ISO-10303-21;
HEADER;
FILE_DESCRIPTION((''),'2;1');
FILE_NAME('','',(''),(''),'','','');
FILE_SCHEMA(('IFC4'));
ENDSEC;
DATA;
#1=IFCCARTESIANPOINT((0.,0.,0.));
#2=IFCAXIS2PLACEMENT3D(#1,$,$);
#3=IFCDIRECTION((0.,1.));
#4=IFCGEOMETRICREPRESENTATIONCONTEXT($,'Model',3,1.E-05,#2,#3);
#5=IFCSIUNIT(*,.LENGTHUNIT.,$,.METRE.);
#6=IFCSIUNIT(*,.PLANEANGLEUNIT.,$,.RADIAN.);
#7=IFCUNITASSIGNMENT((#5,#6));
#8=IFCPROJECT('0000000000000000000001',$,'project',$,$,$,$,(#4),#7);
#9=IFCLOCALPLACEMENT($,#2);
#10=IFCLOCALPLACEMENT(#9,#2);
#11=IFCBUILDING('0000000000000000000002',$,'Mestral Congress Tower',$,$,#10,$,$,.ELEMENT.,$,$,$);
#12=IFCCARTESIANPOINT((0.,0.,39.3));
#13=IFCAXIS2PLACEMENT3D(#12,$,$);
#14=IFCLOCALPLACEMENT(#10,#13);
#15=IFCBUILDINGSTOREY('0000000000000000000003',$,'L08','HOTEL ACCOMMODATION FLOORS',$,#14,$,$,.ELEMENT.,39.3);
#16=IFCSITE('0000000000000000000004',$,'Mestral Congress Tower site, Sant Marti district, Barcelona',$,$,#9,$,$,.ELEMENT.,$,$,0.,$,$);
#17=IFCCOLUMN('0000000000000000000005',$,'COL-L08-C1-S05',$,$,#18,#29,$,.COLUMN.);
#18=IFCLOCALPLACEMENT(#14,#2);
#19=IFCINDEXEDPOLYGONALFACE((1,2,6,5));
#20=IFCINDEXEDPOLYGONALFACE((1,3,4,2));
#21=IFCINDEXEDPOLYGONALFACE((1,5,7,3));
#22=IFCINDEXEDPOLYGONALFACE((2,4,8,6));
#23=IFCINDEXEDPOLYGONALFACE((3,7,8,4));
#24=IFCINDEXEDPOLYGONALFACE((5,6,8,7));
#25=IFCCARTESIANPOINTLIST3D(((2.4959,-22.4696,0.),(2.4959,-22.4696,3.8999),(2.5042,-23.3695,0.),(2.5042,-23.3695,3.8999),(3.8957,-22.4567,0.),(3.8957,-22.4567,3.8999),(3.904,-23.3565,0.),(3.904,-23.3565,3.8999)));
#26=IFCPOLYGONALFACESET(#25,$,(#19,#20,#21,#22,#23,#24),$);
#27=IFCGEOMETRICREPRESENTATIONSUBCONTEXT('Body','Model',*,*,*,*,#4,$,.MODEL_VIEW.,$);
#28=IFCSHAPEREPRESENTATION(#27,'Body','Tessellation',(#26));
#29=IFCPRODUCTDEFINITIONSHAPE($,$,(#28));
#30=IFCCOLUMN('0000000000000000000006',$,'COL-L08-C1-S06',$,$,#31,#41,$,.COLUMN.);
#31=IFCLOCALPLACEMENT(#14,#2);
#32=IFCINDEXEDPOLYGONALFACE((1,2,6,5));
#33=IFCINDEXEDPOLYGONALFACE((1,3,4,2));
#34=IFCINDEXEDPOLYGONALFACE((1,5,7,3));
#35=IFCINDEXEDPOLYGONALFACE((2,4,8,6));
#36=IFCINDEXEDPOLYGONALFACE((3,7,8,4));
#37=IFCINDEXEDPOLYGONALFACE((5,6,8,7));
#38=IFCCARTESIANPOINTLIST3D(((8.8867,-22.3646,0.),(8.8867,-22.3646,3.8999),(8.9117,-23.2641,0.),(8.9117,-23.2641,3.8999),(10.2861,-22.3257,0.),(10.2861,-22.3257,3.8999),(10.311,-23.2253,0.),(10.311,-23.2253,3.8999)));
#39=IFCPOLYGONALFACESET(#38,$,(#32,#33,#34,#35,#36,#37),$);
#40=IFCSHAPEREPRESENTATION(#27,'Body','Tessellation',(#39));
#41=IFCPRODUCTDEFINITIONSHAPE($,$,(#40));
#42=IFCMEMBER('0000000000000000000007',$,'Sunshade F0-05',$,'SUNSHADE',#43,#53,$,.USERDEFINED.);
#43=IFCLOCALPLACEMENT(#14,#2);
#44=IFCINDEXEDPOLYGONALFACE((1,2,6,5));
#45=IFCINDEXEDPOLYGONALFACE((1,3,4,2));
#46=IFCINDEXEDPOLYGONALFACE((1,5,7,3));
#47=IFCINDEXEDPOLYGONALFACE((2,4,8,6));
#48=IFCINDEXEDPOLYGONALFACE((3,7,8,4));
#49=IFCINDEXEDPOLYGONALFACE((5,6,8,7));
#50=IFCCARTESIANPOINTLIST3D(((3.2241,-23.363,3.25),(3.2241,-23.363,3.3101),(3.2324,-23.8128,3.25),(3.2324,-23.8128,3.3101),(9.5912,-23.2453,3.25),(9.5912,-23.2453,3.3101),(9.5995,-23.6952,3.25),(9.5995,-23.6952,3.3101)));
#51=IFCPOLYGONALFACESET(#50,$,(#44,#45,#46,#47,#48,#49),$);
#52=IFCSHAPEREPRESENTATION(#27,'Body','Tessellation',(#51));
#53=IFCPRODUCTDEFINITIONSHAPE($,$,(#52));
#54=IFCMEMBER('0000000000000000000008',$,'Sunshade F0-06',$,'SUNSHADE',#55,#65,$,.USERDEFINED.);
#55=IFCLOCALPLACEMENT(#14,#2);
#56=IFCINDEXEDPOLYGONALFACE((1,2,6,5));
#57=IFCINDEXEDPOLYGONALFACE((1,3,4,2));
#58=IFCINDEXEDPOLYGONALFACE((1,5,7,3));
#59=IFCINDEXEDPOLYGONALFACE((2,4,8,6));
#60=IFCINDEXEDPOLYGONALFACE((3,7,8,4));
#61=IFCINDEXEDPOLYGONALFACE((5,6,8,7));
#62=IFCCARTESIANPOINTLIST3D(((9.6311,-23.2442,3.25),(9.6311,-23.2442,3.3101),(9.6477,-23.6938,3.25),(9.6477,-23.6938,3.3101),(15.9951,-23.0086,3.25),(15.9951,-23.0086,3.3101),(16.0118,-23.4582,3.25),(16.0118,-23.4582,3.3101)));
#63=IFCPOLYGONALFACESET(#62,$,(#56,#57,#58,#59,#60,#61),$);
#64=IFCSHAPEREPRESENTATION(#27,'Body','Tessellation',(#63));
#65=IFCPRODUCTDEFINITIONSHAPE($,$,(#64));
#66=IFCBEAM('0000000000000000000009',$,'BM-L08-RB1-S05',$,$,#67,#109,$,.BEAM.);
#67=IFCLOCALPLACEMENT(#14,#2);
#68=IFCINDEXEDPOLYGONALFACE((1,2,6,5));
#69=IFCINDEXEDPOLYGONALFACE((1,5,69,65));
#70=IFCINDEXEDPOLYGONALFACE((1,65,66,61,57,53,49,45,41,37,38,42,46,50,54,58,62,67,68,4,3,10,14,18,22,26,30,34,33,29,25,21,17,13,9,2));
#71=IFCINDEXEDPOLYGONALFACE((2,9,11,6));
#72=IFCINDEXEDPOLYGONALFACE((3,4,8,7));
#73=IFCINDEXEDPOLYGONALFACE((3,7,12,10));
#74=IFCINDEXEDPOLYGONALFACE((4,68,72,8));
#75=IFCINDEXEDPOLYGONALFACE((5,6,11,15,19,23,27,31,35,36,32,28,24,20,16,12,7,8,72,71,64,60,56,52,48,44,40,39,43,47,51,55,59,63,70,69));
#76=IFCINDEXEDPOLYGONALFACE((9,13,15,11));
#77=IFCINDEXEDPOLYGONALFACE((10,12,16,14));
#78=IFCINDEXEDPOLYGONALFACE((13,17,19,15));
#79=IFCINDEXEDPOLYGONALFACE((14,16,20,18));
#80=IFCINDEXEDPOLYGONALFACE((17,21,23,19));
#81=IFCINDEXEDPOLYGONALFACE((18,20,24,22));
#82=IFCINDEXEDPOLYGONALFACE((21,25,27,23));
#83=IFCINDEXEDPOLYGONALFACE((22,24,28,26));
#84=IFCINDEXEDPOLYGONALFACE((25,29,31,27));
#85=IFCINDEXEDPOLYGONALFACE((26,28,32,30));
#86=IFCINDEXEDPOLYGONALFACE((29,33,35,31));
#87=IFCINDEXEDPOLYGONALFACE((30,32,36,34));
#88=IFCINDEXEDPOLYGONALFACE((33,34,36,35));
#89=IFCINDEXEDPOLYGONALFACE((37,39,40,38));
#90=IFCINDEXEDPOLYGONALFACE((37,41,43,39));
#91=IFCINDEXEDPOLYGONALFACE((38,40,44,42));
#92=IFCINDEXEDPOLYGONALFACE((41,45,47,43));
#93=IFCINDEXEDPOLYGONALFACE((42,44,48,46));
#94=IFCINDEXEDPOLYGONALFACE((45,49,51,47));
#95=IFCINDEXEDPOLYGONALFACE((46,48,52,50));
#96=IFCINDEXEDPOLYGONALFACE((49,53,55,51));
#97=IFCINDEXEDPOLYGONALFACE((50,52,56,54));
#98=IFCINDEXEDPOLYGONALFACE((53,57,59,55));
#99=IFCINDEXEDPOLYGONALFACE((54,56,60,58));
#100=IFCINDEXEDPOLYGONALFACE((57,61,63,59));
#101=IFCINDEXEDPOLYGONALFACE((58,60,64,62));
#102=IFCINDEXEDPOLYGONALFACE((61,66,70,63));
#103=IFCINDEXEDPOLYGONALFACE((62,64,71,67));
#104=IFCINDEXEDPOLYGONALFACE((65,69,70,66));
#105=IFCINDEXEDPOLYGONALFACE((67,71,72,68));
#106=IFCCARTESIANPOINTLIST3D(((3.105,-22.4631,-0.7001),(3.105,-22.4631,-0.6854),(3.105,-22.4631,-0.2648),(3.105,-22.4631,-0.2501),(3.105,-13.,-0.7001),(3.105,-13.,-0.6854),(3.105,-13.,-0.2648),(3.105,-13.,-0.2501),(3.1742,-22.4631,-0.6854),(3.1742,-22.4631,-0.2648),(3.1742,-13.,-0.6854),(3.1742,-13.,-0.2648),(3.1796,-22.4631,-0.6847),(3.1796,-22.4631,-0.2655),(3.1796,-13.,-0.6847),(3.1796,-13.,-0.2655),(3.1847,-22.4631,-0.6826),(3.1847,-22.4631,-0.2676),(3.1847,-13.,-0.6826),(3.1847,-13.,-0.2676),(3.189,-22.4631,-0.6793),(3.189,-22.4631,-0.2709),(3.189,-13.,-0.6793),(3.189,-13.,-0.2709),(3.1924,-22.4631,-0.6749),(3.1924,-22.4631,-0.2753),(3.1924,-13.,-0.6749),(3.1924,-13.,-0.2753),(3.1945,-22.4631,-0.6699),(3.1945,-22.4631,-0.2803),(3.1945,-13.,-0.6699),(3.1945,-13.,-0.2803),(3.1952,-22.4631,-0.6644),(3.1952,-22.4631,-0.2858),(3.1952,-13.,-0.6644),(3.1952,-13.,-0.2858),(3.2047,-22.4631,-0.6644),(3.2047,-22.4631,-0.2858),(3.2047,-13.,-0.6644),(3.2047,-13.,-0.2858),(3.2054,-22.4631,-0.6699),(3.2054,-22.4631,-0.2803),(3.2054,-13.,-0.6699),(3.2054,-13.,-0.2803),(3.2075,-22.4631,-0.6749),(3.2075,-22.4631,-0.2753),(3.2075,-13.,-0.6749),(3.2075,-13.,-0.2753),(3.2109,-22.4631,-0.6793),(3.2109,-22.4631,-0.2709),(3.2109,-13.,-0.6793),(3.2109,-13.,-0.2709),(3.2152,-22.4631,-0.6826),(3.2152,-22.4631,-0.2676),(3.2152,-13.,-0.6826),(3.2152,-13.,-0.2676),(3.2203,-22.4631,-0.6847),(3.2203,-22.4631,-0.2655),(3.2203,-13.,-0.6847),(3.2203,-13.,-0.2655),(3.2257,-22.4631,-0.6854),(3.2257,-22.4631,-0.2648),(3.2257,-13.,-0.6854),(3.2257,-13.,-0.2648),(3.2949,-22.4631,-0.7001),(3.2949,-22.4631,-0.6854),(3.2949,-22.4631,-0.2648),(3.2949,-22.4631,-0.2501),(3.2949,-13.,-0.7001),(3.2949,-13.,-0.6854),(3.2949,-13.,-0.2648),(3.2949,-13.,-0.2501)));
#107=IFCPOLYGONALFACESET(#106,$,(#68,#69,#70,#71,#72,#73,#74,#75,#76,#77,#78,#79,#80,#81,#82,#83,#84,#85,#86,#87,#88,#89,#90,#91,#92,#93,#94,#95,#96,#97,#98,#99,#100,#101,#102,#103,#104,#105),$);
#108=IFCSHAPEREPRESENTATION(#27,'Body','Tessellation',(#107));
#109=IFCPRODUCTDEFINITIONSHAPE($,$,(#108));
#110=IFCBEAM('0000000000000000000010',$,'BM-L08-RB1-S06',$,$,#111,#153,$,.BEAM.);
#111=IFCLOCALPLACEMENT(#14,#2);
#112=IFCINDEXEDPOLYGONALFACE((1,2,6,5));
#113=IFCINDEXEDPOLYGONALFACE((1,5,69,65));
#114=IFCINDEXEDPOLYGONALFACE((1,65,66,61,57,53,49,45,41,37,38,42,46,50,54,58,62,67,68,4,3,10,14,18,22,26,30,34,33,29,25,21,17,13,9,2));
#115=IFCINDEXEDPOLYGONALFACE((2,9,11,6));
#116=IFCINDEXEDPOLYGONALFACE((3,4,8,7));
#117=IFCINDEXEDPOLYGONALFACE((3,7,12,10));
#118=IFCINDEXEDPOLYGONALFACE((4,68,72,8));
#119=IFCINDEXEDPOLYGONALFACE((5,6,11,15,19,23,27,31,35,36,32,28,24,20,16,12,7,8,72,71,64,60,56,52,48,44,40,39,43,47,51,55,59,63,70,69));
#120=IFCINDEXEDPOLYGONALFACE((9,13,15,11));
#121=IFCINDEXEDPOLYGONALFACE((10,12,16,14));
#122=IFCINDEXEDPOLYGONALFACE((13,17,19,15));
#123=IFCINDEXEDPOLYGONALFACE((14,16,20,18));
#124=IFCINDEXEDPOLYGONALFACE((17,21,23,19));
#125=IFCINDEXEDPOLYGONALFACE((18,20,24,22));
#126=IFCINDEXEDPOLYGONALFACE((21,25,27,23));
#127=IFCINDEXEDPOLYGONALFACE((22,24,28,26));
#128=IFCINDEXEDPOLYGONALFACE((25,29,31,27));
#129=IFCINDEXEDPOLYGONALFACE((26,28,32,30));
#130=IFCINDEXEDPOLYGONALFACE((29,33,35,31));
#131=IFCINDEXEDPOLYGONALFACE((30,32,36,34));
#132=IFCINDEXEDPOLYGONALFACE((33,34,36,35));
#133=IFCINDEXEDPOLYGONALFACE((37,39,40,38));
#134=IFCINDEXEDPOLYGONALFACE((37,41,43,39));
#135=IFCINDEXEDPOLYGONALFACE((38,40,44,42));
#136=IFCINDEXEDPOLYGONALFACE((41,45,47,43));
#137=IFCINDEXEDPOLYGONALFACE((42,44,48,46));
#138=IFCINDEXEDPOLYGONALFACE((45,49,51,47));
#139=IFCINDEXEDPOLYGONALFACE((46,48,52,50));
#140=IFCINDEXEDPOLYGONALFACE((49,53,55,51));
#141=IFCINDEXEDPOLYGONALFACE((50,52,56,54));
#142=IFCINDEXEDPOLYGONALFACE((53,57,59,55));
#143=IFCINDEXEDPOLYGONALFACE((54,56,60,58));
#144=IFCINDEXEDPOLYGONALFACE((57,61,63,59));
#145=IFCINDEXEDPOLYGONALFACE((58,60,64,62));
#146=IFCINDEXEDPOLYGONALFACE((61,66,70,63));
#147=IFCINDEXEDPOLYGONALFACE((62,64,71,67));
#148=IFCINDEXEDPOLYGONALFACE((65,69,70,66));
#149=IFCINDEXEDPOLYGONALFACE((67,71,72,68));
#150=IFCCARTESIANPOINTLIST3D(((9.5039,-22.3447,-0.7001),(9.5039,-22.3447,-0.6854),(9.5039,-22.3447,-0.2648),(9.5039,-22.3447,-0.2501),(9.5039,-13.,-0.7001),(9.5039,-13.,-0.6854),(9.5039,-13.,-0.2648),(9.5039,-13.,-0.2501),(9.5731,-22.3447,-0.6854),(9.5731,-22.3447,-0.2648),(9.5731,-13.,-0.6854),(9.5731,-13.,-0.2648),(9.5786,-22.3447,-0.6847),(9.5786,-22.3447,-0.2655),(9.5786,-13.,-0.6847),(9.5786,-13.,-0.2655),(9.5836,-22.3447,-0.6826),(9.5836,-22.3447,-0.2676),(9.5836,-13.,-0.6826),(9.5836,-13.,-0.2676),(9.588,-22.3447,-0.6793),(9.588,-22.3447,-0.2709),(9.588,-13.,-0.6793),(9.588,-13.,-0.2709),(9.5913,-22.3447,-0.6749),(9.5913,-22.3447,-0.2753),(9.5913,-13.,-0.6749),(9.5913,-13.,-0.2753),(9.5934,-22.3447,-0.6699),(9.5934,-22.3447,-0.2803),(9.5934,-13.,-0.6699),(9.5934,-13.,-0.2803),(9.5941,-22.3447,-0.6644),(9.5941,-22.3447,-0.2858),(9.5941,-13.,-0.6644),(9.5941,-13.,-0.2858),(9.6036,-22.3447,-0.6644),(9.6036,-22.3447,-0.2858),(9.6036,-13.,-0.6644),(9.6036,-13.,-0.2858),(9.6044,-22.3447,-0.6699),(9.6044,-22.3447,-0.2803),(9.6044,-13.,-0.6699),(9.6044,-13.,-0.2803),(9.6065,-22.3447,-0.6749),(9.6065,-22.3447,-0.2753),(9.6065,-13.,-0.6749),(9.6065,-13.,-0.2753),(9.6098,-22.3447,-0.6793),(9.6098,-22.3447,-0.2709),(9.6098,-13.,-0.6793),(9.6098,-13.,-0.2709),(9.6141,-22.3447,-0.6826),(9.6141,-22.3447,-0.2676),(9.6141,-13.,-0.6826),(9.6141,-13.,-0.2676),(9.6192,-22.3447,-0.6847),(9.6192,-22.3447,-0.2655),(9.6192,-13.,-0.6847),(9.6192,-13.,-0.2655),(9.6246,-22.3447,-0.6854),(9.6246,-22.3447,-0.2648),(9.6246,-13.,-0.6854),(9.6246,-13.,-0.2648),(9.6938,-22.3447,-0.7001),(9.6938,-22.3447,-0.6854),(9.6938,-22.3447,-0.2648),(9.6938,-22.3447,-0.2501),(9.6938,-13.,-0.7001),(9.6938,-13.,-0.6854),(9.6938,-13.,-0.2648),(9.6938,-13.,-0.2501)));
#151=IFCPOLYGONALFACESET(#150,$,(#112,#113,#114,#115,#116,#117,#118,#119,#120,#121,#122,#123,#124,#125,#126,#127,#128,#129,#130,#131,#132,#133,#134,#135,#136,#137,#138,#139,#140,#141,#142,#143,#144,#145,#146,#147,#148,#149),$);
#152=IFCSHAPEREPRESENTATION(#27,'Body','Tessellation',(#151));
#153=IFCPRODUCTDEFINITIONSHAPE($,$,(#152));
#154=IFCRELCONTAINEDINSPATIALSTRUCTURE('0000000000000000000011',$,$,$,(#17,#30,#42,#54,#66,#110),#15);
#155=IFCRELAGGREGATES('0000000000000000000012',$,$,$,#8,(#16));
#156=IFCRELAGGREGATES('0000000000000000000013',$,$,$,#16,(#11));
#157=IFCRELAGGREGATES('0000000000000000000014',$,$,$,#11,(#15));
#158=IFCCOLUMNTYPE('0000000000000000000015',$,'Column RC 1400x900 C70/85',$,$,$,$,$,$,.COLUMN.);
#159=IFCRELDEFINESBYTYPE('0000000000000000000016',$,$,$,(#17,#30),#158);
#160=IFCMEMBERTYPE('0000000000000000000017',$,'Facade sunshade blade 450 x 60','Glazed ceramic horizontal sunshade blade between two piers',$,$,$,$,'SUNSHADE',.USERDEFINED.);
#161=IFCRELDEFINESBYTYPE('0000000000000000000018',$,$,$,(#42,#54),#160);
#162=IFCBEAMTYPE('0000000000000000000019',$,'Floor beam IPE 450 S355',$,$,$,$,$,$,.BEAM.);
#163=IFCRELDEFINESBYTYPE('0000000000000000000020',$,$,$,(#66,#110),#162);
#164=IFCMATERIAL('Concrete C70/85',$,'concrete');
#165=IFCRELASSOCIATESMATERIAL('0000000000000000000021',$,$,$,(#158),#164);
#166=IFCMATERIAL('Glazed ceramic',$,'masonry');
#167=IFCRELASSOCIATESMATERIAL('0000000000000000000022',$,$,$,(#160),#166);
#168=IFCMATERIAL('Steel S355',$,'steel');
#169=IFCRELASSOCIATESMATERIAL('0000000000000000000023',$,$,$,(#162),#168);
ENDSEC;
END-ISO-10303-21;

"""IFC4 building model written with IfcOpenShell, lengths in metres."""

from ifc_helpers import new_model, si_unit, direction, frame, origin, origin_2d, place, context, subcontext, project, spatial, rectangle, i_section, extrude, material, material_profile, profile_set, type_object, element, save


model = new_model("IFC4")

# Units and contexts
model_context = context("Model", 3, precision=1e-05, world=origin(), true_north=direction((0.0, 1.0)))
body_context = subcontext(model_context, "Body", "Model", "MODEL_VIEW")
ifc_project = project(units=[si_unit("LENGTHUNIT", "METRE"), si_unit("PLANEANGLEUNIT", "RADIAN")], contexts=[model_context])

# Site, building, storey
site_placement = place(None, origin())
site = spatial("IfcSite", under=ifc_project, at=site_placement, Name="Mestral Congress Tower site, Sant Marti district, Barcelona", CompositionType="ELEMENT", RefElevation=0.0)
building_placement = place(site_placement, origin())
building = spatial("IfcBuilding", under=site, at=building_placement, Name="Mestral Congress Tower", CompositionType="ELEMENT")
storey_placement = place(building_placement, frame((0.0, 0.0, 39.3)))
storey = spatial("IfcBuildingStorey", under=building, at=storey_placement, Name="L08", Description="HOTEL ACCOMMODATION FLOORS", CompositionType="ELEMENT", Elevation=39.3)

# Columns
ifc_material_1 = material(Name="Concrete C70/85", Category="concrete")
ifc_material_profile_1 = material_profile(ifc_material_1, rectangle(XDim=1.3999, YDim=0.8999, at=origin_2d()), Name="RC 1400x900")
ifc_profile_set_1 = profile_set([ifc_material_profile_1], Name="Concrete C70/85")
column_type = type_object("IfcColumnType", Name="Column RC 1400x900 C70/85", PredefinedType="COLUMN", material=ifc_profile_set_1)
for number, where, z_axis, x_axis, name in (
    (1, (3.2, -22.9131, 0.0), (0.0, 0.0, 1.0), (0.999957, 0.009243, 0.0), "COL-L08-C1-S05"),
    (2, (9.5989, -22.7949, 0.0), (0.0, 0.0, 1.0), (0.999616, 0.027726, 0.0), "COL-L08-C1-S06"),
):
    element("IfcColumn", number, at=place(storey_placement, frame(where, z_axis=z_axis, x_axis=x_axis)), inside=storey, type_object=column_type, Name=name, PredefinedType="COLUMN", context=body_context, shape_type="SweptSolid", body=[
        extrude(rectangle(XDim=1.3999, YDim=0.8999, at=origin_2d()), origin(), (0.0, 0.0, 1.0), 3.8999),
    ])

# Members
ifc_material_2 = material(Name="Glazed ceramic", Category="masonry")
ifc_material_profile_2 = material_profile(ifc_material_2, rectangle(XDim=0.45, YDim=0.0601, at=origin_2d()), Name="Ceramic blade 450 x 60")
ifc_profile_set_2 = profile_set([ifc_material_profile_2], Name="Glazed ceramic")
member_type = type_object("IfcMemberType", Name="Facade sunshade blade 450 x 60", Description="Glazed ceramic horizontal sunshade blade between two piers", ElementType="SUNSHADE", PredefinedType="USERDEFINED", material=ifc_profile_set_2)
member_1_placement = place(storey_placement, frame((3.2283, -23.5879, 3.28), z_axis=(0.999829, 0.018478, 0.0), x_axis=(-0.018478, 0.999829, 0.0)))
element("IfcMember", 3, at=member_1_placement, inside=storey, type_object=member_type, Name="Sunshade F0-05", ObjectType="SUNSHADE", PredefinedType="USERDEFINED", context=body_context, shape_type="SweptSolid", body=[
    extrude(rectangle(XDim=0.45, YDim=0.0601, at=origin_2d()), origin(), (0.0, 0.0, 1.0), 6.3682),
])
member_2_placement = place(storey_placement, frame((9.6394, -23.469, 3.28), z_axis=(0.999315, 0.036995, 0.0), x_axis=(-0.036995, 0.999315, 0.0)))
element("IfcMember", 4, at=member_2_placement, inside=storey, type_object=member_type, Name="Sunshade F0-06", ObjectType="SUNSHADE", PredefinedType="USERDEFINED", context=body_context, shape_type="SweptSolid", body=[
    extrude(rectangle(XDim=0.45, YDim=0.0601, at=origin_2d()), origin(), (0.0, 0.0, 1.0), 6.3684),
])

# Beams
ifc_material_3 = material(Name="Steel S355", Category="steel")
ifc_material_profile_3 = material_profile(ifc_material_3, i_section(OverallWidth=0.1899, OverallDepth=0.45, WebThickness=0.0095, FlangeThickness=0.0146, FilletRadius=0.021, at=origin_2d()), Name="IPE 450")
ifc_profile_set_3 = profile_set([ifc_material_profile_3], Name="Steel S355")
beam_type_1 = type_object("IfcBeamType", Name="Floor beam IPE 450 S355", PredefinedType="BEAM", material=ifc_profile_set_3)
beam_1_placement = place(storey_placement, frame((3.2, -22.4631, -0.4751), z_axis=(0.0, 1.0, 0.0), x_axis=(-1.0, 0.0, 0.0)))
element("IfcBeam", 5, at=beam_1_placement, inside=storey, type_object=beam_type_1, Name="BM-L08-RB1-S05", PredefinedType="BEAM", context=body_context, shape_type="SweptSolid", body=[
    extrude(i_section(OverallWidth=0.1899, OverallDepth=0.45, WebThickness=0.0095, FlangeThickness=0.0146, FilletRadius=0.021, at=origin_2d()), origin(), (0.0, 0.0, 1.0), 9.4631),
])
beam_2_placement = place(storey_placement, frame((9.5989, -22.3447, -0.4751), z_axis=(0.0, 1.0, 0.0), x_axis=(-1.0, 0.0, 0.0)))
element("IfcBeam", 6, at=beam_2_placement, inside=storey, type_object=beam_type_1, Name="BM-L08-RB1-S06", PredefinedType="BEAM", context=body_context, shape_type="SweptSolid", body=[
    extrude(i_section(OverallWidth=0.1899, OverallDepth=0.45, WebThickness=0.0095, FlangeThickness=0.0146, FilletRadius=0.021, at=origin_2d()), origin(), (0.0, 0.0, 1.0), 9.3447),
])

save(model, "model.ifc")
